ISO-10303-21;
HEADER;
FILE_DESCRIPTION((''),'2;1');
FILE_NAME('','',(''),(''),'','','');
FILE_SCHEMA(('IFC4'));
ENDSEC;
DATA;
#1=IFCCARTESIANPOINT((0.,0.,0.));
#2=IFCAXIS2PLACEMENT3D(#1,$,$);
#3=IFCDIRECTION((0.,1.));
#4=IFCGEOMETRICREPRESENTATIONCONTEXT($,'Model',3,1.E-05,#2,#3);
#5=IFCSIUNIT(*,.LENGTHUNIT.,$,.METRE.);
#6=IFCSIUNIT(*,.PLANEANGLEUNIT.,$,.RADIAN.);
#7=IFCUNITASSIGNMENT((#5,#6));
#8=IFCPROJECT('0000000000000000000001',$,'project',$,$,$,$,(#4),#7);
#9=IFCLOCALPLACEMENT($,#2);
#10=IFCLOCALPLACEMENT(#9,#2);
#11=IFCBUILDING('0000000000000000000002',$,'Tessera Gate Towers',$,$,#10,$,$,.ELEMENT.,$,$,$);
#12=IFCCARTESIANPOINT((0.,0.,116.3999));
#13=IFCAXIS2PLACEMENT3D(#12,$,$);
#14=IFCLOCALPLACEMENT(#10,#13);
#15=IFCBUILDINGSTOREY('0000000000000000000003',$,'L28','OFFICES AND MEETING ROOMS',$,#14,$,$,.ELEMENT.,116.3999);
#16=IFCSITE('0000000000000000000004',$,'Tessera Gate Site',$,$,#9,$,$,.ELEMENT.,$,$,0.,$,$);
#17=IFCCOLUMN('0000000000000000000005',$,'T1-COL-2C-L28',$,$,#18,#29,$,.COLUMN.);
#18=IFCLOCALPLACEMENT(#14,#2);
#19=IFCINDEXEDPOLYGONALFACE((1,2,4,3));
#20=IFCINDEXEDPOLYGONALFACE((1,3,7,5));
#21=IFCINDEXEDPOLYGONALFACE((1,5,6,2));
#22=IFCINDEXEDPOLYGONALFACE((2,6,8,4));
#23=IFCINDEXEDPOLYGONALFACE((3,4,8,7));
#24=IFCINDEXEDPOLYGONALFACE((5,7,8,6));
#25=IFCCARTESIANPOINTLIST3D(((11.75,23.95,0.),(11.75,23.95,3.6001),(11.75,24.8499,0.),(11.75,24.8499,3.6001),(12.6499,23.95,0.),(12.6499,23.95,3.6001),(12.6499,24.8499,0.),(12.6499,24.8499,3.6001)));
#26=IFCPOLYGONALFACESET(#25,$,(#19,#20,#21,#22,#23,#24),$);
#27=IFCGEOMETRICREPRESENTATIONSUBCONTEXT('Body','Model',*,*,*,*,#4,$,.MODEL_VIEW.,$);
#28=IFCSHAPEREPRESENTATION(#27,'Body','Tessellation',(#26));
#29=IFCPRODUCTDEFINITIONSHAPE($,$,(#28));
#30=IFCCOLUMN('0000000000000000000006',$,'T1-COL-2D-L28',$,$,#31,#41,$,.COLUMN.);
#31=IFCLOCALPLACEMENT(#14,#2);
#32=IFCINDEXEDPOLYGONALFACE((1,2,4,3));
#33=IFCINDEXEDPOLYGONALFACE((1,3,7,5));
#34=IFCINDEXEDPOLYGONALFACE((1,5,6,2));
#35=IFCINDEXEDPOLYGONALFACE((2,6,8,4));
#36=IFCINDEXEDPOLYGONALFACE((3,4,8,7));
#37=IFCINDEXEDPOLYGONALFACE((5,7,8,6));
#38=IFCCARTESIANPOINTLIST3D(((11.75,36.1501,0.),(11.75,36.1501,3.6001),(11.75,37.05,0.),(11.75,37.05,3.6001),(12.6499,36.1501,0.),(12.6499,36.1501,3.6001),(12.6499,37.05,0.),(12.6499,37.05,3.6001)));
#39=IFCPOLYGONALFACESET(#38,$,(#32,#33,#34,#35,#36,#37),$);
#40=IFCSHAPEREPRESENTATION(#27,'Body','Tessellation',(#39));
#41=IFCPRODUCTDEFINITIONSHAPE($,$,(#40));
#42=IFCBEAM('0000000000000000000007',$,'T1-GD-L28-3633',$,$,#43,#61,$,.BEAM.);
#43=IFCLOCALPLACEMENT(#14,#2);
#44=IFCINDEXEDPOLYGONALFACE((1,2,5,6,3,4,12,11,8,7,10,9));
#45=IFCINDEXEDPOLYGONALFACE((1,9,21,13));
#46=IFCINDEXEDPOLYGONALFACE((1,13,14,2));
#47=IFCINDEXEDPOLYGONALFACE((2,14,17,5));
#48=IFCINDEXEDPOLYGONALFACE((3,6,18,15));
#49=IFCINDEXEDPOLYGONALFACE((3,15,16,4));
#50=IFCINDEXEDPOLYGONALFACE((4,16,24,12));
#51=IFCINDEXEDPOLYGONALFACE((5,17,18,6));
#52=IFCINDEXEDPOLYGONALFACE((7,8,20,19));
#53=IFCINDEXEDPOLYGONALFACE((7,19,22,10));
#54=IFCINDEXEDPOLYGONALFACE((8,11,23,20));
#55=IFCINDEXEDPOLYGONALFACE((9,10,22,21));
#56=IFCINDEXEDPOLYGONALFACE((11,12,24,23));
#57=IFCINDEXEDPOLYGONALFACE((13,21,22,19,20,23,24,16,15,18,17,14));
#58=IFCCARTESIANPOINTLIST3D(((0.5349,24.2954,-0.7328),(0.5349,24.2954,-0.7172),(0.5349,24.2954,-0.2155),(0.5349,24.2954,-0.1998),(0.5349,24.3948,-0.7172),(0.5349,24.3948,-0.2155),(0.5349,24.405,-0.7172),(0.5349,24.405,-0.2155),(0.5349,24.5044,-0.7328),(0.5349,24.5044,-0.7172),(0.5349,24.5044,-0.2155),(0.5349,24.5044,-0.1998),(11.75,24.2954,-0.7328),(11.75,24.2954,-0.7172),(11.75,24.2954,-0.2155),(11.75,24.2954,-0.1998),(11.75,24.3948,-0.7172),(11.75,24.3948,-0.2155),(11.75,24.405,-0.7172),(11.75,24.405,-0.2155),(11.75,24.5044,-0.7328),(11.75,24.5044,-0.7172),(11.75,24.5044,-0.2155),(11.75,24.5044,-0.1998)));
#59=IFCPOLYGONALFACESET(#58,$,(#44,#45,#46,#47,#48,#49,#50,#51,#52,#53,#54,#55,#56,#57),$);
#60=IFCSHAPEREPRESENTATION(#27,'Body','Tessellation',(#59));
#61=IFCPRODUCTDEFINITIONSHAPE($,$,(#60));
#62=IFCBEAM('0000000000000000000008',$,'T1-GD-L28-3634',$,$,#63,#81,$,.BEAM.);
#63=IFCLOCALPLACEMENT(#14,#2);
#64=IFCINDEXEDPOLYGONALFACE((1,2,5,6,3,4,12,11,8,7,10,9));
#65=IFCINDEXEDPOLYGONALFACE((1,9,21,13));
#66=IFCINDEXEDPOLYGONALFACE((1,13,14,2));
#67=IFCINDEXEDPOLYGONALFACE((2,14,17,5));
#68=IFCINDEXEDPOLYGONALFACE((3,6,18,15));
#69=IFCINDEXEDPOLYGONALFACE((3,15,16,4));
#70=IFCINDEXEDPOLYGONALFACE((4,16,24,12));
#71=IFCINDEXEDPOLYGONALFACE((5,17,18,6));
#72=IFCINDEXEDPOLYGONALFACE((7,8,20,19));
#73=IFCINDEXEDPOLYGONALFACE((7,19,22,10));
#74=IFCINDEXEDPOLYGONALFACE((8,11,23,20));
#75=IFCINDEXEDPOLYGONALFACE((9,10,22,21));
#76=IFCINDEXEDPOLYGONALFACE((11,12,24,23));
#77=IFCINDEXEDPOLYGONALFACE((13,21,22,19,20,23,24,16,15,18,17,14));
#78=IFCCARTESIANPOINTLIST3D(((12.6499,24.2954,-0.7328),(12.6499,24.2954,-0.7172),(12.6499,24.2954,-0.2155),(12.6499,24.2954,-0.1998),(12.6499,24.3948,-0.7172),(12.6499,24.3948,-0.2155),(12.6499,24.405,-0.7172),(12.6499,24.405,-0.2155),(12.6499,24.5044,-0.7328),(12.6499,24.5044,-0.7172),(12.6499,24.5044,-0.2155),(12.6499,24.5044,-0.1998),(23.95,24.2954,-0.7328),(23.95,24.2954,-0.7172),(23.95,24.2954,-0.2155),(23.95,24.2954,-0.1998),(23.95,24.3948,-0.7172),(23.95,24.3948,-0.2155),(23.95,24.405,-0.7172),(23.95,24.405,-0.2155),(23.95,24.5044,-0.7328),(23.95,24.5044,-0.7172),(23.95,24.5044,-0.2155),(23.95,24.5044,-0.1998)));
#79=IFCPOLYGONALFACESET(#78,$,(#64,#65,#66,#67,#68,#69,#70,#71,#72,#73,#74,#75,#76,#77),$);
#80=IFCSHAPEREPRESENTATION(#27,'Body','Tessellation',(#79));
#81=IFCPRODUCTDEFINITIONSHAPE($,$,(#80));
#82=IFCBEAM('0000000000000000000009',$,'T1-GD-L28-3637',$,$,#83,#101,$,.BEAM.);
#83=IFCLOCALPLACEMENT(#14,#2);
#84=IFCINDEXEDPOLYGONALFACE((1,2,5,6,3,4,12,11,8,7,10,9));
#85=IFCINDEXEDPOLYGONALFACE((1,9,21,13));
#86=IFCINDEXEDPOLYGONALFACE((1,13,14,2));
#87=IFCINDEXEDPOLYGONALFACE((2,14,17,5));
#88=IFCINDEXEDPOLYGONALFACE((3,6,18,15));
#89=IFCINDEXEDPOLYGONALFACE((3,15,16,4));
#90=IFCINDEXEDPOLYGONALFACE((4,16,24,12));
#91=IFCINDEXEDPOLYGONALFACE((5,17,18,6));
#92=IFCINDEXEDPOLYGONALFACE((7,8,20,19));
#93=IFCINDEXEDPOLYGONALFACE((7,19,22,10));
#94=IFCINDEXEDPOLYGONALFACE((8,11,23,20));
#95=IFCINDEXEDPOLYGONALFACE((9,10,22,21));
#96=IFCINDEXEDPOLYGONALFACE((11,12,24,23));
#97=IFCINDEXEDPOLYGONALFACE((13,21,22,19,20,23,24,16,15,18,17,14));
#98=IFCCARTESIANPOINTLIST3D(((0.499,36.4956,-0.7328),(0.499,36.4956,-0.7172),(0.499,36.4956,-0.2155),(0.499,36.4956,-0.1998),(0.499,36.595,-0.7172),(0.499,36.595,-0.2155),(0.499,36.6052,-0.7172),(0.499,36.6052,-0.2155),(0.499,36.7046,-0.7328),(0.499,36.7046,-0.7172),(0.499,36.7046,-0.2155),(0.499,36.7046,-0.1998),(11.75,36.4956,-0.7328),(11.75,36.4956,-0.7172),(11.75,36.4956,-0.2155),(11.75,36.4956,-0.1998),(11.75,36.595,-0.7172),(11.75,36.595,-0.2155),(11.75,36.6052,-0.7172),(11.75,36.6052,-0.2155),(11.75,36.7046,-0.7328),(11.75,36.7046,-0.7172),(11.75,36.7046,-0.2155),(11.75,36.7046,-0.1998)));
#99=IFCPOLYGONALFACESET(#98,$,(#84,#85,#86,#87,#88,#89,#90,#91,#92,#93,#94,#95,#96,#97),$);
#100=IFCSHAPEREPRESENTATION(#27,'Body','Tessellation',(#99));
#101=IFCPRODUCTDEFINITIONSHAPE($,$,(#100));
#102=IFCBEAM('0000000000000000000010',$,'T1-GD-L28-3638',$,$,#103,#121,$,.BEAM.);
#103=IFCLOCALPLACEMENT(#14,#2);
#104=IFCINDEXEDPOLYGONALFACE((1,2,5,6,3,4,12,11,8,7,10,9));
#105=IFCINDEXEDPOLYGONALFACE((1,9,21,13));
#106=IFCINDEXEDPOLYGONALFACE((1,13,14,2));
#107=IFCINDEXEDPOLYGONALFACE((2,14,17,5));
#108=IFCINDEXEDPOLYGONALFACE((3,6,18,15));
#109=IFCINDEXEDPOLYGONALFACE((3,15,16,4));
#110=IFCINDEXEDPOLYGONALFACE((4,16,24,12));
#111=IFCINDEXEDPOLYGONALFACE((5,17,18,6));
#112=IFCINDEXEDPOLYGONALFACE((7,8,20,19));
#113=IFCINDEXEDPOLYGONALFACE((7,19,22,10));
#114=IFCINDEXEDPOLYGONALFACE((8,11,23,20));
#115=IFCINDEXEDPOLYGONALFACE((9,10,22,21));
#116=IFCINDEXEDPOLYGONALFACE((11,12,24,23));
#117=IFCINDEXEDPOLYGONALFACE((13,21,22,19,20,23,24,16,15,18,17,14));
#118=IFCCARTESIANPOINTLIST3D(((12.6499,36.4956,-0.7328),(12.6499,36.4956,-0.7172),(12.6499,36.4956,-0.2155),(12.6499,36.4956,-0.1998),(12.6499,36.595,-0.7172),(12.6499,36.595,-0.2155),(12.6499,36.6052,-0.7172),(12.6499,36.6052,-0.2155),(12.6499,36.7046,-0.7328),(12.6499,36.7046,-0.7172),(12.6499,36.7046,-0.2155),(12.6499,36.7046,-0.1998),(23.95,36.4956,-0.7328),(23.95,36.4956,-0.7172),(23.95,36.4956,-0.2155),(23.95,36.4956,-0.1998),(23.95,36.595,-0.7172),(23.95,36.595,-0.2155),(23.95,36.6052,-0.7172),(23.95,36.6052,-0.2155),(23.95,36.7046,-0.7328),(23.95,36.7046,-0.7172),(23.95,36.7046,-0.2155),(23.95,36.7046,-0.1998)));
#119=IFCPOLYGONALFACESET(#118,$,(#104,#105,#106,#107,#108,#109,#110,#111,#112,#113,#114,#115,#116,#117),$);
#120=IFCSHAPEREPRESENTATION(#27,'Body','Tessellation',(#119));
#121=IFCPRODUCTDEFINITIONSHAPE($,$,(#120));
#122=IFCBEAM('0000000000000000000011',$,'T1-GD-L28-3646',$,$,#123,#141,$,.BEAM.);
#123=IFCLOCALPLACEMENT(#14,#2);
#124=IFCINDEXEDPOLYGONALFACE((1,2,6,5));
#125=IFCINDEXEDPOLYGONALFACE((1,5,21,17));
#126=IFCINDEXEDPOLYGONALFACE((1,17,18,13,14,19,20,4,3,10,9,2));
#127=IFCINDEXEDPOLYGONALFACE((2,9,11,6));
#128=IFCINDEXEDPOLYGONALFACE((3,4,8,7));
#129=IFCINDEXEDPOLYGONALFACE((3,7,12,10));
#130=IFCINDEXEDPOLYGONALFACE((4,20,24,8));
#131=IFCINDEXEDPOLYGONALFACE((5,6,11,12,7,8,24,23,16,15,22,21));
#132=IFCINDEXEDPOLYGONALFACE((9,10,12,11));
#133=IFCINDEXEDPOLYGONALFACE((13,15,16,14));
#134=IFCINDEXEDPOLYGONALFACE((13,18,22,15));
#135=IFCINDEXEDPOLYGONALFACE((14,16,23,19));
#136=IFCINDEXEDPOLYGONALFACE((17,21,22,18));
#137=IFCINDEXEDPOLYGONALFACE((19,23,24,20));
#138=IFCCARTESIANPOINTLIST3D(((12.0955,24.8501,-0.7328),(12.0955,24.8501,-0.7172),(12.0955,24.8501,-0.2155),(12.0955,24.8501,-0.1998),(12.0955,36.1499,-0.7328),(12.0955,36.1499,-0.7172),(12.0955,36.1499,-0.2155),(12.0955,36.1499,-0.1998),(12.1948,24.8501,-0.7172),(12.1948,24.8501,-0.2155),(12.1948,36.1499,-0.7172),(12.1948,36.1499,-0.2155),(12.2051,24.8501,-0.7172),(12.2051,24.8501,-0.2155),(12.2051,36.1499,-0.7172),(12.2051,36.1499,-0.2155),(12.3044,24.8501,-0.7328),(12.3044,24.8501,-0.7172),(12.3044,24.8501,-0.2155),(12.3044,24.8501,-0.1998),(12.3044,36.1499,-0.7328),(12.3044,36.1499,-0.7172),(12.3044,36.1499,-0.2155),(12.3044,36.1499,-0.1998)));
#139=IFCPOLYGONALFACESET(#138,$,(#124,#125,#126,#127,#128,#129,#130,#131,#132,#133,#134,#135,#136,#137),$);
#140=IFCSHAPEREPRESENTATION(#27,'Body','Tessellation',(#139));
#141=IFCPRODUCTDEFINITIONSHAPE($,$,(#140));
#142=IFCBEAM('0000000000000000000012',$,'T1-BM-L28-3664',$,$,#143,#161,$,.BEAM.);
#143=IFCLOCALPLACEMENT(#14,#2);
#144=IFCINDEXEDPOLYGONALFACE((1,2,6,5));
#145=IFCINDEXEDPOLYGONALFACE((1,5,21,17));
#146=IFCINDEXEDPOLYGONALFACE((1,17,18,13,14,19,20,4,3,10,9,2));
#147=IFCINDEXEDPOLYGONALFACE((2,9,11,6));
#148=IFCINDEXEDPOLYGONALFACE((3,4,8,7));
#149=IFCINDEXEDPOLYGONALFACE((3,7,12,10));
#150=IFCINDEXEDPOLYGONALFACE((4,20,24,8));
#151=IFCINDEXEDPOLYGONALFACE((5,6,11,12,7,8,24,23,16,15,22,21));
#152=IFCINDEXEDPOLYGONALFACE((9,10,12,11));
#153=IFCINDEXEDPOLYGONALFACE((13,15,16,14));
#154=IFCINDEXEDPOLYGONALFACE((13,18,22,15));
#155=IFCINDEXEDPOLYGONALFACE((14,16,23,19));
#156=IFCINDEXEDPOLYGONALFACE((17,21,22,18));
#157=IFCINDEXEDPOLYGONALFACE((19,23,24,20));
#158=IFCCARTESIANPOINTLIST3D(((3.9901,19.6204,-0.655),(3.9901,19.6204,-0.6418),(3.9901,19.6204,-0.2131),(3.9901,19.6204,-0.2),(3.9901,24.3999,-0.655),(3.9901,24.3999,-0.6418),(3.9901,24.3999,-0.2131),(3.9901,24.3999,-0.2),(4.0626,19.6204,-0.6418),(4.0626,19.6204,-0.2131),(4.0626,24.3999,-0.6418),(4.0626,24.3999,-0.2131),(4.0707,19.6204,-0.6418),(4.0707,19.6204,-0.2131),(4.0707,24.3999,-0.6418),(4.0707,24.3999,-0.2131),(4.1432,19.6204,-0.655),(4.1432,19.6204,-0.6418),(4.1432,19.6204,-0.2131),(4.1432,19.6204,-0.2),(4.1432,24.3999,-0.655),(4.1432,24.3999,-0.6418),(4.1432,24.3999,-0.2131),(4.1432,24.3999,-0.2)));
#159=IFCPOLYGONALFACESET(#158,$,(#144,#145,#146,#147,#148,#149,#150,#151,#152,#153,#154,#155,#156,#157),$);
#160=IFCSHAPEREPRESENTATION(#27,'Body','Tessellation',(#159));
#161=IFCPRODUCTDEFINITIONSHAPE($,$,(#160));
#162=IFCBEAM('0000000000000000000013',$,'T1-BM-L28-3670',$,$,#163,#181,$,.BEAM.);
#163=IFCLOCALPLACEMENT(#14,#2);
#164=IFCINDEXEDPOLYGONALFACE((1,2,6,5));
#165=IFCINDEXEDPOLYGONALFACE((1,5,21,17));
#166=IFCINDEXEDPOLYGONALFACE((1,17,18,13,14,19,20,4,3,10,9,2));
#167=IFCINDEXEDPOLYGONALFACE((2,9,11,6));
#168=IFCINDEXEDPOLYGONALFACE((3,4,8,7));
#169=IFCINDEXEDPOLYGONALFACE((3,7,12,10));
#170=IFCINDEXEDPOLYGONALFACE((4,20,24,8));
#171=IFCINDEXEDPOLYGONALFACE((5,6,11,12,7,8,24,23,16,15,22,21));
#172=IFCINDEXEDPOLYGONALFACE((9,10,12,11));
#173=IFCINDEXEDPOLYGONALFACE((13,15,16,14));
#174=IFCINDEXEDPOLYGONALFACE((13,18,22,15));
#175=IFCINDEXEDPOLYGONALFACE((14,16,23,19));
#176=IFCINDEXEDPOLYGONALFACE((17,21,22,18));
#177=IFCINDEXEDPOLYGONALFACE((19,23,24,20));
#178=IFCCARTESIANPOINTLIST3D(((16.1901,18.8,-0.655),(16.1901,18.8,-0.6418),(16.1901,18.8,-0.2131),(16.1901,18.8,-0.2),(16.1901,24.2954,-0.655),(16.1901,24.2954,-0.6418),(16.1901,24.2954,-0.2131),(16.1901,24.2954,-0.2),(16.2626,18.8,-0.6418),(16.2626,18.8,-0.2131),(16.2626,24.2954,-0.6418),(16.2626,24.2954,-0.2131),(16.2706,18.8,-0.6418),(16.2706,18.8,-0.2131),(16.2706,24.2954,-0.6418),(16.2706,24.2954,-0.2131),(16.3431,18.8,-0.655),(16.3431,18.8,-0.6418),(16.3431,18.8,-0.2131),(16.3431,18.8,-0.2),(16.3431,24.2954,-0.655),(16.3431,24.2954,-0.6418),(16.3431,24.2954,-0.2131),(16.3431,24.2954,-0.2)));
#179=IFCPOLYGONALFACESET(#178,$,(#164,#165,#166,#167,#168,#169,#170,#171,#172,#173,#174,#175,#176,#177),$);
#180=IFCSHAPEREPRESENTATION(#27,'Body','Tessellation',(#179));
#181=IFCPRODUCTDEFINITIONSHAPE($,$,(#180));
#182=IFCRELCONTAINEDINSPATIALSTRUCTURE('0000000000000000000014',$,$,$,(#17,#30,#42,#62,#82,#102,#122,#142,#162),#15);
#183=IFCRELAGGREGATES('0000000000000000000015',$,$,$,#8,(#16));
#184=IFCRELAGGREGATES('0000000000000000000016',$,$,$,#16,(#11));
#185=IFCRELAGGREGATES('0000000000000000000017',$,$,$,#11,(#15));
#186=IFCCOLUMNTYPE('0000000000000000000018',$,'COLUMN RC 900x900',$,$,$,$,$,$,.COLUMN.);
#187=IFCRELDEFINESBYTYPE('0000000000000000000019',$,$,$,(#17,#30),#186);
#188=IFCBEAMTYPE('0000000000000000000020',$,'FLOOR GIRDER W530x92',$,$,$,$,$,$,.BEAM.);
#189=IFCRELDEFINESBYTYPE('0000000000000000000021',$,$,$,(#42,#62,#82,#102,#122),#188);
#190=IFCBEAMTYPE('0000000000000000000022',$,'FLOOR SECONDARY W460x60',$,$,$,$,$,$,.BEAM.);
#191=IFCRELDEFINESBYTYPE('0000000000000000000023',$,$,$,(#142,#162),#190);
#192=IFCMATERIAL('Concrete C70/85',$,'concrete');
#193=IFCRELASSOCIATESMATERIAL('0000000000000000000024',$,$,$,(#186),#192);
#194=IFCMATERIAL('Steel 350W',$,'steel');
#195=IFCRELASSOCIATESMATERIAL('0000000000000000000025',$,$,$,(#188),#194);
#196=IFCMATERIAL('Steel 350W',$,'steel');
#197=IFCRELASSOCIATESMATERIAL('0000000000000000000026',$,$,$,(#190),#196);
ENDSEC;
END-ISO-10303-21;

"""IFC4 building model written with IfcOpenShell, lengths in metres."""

from ifc_helpers import new_model, si_unit, direction, frame, origin, origin_2d, place, context, subcontext, project, spatial, rectangle, i_section, extrude, material, material_profile, profile_set, type_object, element, save


model = new_model("IFC4")

# Units and contexts
model_context = context("Model", 3, precision=1e-05, world=origin(), true_north=direction((0.0, 1.0)))
body_context = subcontext(model_context, "Body", "Model", "MODEL_VIEW")
ifc_project = project(units=[si_unit("LENGTHUNIT", "METRE"), si_unit("PLANEANGLEUNIT", "RADIAN")], contexts=[model_context])

# Site, building, storey
site_placement = place(None, origin())
site = spatial("IfcSite", under=ifc_project, at=site_placement, Name="Tessera Gate Site", CompositionType="ELEMENT", RefElevation=0.0)
building_placement = place(site_placement, origin())
building = spatial("IfcBuilding", under=site, at=building_placement, Name="Tessera Gate Towers", CompositionType="ELEMENT")
storey_placement = place(building_placement, frame((0.0, 0.0, 116.3999)))
storey = spatial("IfcBuildingStorey", under=building, at=storey_placement, Name="L28", Description="OFFICES AND MEETING ROOMS", CompositionType="ELEMENT", Elevation=116.3999)

# Columns
ifc_material_1 = material(Name="Concrete C70/85", Category="concrete")
ifc_material_profile_1 = material_profile(ifc_material_1, rectangle(XDim=0.8999, YDim=0.8999, at=origin_2d()), Name="RC 900x900")
ifc_profile_set_1 = profile_set([ifc_material_profile_1], Name="Concrete C70/85")
column_type = type_object("IfcColumnType", Name="COLUMN RC 900x900", PredefinedType="COLUMN", material=ifc_profile_set_1)
for number, where, z_axis, x_axis, name in (
    (1, (12.2, 24.3999, 0.0), (0.0, 0.0, 1.0), (1.0, 0.0, 0.0), "T1-COL-2C-L28"),
    (2, (12.2, 36.6001, 0.0), (0.0, 0.0, 1.0), (1.0, 0.0, 0.0), "T1-COL-2D-L28"),
):
    element("IfcColumn", number, at=place(storey_placement, frame(where, z_axis=z_axis, x_axis=x_axis)), inside=storey, type_object=column_type, Name=name, PredefinedType="COLUMN", context=body_context, shape_type="SweptSolid", body=[
        extrude(rectangle(XDim=0.8999, YDim=0.8999, at=origin_2d()), origin(), (0.0, 0.0, 1.0), 3.6001),
    ])

# Beams
ifc_material_2 = material(Name="Steel 350W", Category="steel")
ifc_material_profile_2 = material_profile(ifc_material_2, i_section(OverallWidth=0.209, OverallDepth=0.533, WebThickness=0.0103, FlangeThickness=0.0156, at=origin_2d()), Name="W530x92")
ifc_profile_set_2 = profile_set([ifc_material_profile_2], Name="Steel 350W")
beam_type_1 = type_object("IfcBeamType", Name="FLOOR GIRDER W530x92", PredefinedType="BEAM", material=ifc_profile_set_2)
beam_1_placement = place(storey_placement, frame((0.5349, 24.3999, -0.4663), z_axis=(1.0, 0.0, 0.0), x_axis=(0.0, 1.0, 0.0)))
element("IfcBeam", 3, at=beam_1_placement, inside=storey, type_object=beam_type_1, Name="T1-GD-L28-3633", PredefinedType="BEAM", context=body_context, shape_type="SweptSolid", body=[
    extrude(i_section(OverallWidth=0.209, OverallDepth=0.533, WebThickness=0.0103, FlangeThickness=0.0156, at=origin_2d()), origin(), (0.0, 0.0, 1.0), 11.2151),
])
beam_2_placement = place(storey_placement, frame((12.6499, 24.3999, -0.4663), z_axis=(1.0, 0.0, 0.0), x_axis=(0.0, 1.0, 0.0)))
element("IfcBeam", 4, at=beam_2_placement, inside=storey, type_object=beam_type_1, Name="T1-GD-L28-3634", PredefinedType="BEAM", context=body_context, shape_type="SweptSolid", body=[
    extrude(i_section(OverallWidth=0.209, OverallDepth=0.533, WebThickness=0.0103, FlangeThickness=0.0156, at=origin_2d()), origin(), (0.0, 0.0, 1.0), 11.3),
])
beam_3_placement = place(storey_placement, frame((0.499, 36.6001, -0.4663), z_axis=(1.0, 0.0, 0.0), x_axis=(0.0, 1.0, 0.0)))
element("IfcBeam", 5, at=beam_3_placement, inside=storey, type_object=beam_type_1, Name="T1-GD-L28-3637", PredefinedType="BEAM", context=body_context, shape_type="SweptSolid", body=[
    extrude(i_section(OverallWidth=0.209, OverallDepth=0.533, WebThickness=0.0103, FlangeThickness=0.0156, at=origin_2d()), origin(), (0.0, 0.0, 1.0), 11.251),
])
beam_4_placement = place(storey_placement, frame((12.6499, 36.6001, -0.4663), z_axis=(1.0, 0.0, 0.0), x_axis=(0.0, 1.0, 0.0)))
element("IfcBeam", 6, at=beam_4_placement, inside=storey, type_object=beam_type_1, Name="T1-GD-L28-3638", PredefinedType="BEAM", context=body_context, shape_type="SweptSolid", body=[
    extrude(i_section(OverallWidth=0.209, OverallDepth=0.533, WebThickness=0.0103, FlangeThickness=0.0156, at=origin_2d()), origin(), (0.0, 0.0, 1.0), 11.3),
])
beam_5_placement = place(storey_placement, frame((12.2, 24.8501, -0.4663), z_axis=(0.0, 1.0, 0.0), x_axis=(-1.0, 0.0, 0.0)))
element("IfcBeam", 7, at=beam_5_placement, inside=storey, type_object=beam_type_1, Name="T1-GD-L28-3646", PredefinedType="BEAM", context=body_context, shape_type="SweptSolid", body=[
    extrude(i_section(OverallWidth=0.209, OverallDepth=0.533, WebThickness=0.0103, FlangeThickness=0.0156, at=origin_2d()), origin(), (0.0, 0.0, 1.0), 11.2998),
])
ifc_material_3 = material(Name="Steel 350W", Category="steel")
ifc_material_profile_3 = material_profile(ifc_material_3, i_section(OverallWidth=0.1531, OverallDepth=0.4551, WebThickness=0.0081, FlangeThickness=0.0132, at=origin_2d()), Name="W460x60")
ifc_profile_set_3 = profile_set([ifc_material_profile_3], Name="Steel 350W")
beam_type_2 = type_object("IfcBeamType", Name="FLOOR SECONDARY W460x60", PredefinedType="BEAM", material=ifc_profile_set_3)
beam_6_placement = place(storey_placement, frame((4.0667, 19.6204, -0.4275), z_axis=(0.0, 1.0, 0.0), x_axis=(-1.0, 0.0, 0.0)))
element("IfcBeam", 8, at=beam_6_placement, inside=storey, type_object=beam_type_2, Name="T1-BM-L28-3664", PredefinedType="BEAM", context=body_context, shape_type="SweptSolid", body=[
    extrude(i_section(OverallWidth=0.1531, OverallDepth=0.4551, WebThickness=0.0081, FlangeThickness=0.0132, at=origin_2d()), origin(), (0.0, 0.0, 1.0), 4.7795),
])
beam_7_placement = place(storey_placement, frame((16.2666, 18.8, -0.4275), z_axis=(0.0, 1.0, 0.0), x_axis=(-1.0, 0.0, 0.0)))
element("IfcBeam", 9, at=beam_7_placement, inside=storey, type_object=beam_type_2, Name="T1-BM-L28-3670", PredefinedType="BEAM", context=body_context, shape_type="SweptSolid", body=[
    extrude(i_section(OverallWidth=0.1531, OverallDepth=0.4551, WebThickness=0.0081, FlangeThickness=0.0132, at=origin_2d()), origin(), (0.0, 0.0, 1.0), 5.4954),
])

save(model, "model.ifc")
